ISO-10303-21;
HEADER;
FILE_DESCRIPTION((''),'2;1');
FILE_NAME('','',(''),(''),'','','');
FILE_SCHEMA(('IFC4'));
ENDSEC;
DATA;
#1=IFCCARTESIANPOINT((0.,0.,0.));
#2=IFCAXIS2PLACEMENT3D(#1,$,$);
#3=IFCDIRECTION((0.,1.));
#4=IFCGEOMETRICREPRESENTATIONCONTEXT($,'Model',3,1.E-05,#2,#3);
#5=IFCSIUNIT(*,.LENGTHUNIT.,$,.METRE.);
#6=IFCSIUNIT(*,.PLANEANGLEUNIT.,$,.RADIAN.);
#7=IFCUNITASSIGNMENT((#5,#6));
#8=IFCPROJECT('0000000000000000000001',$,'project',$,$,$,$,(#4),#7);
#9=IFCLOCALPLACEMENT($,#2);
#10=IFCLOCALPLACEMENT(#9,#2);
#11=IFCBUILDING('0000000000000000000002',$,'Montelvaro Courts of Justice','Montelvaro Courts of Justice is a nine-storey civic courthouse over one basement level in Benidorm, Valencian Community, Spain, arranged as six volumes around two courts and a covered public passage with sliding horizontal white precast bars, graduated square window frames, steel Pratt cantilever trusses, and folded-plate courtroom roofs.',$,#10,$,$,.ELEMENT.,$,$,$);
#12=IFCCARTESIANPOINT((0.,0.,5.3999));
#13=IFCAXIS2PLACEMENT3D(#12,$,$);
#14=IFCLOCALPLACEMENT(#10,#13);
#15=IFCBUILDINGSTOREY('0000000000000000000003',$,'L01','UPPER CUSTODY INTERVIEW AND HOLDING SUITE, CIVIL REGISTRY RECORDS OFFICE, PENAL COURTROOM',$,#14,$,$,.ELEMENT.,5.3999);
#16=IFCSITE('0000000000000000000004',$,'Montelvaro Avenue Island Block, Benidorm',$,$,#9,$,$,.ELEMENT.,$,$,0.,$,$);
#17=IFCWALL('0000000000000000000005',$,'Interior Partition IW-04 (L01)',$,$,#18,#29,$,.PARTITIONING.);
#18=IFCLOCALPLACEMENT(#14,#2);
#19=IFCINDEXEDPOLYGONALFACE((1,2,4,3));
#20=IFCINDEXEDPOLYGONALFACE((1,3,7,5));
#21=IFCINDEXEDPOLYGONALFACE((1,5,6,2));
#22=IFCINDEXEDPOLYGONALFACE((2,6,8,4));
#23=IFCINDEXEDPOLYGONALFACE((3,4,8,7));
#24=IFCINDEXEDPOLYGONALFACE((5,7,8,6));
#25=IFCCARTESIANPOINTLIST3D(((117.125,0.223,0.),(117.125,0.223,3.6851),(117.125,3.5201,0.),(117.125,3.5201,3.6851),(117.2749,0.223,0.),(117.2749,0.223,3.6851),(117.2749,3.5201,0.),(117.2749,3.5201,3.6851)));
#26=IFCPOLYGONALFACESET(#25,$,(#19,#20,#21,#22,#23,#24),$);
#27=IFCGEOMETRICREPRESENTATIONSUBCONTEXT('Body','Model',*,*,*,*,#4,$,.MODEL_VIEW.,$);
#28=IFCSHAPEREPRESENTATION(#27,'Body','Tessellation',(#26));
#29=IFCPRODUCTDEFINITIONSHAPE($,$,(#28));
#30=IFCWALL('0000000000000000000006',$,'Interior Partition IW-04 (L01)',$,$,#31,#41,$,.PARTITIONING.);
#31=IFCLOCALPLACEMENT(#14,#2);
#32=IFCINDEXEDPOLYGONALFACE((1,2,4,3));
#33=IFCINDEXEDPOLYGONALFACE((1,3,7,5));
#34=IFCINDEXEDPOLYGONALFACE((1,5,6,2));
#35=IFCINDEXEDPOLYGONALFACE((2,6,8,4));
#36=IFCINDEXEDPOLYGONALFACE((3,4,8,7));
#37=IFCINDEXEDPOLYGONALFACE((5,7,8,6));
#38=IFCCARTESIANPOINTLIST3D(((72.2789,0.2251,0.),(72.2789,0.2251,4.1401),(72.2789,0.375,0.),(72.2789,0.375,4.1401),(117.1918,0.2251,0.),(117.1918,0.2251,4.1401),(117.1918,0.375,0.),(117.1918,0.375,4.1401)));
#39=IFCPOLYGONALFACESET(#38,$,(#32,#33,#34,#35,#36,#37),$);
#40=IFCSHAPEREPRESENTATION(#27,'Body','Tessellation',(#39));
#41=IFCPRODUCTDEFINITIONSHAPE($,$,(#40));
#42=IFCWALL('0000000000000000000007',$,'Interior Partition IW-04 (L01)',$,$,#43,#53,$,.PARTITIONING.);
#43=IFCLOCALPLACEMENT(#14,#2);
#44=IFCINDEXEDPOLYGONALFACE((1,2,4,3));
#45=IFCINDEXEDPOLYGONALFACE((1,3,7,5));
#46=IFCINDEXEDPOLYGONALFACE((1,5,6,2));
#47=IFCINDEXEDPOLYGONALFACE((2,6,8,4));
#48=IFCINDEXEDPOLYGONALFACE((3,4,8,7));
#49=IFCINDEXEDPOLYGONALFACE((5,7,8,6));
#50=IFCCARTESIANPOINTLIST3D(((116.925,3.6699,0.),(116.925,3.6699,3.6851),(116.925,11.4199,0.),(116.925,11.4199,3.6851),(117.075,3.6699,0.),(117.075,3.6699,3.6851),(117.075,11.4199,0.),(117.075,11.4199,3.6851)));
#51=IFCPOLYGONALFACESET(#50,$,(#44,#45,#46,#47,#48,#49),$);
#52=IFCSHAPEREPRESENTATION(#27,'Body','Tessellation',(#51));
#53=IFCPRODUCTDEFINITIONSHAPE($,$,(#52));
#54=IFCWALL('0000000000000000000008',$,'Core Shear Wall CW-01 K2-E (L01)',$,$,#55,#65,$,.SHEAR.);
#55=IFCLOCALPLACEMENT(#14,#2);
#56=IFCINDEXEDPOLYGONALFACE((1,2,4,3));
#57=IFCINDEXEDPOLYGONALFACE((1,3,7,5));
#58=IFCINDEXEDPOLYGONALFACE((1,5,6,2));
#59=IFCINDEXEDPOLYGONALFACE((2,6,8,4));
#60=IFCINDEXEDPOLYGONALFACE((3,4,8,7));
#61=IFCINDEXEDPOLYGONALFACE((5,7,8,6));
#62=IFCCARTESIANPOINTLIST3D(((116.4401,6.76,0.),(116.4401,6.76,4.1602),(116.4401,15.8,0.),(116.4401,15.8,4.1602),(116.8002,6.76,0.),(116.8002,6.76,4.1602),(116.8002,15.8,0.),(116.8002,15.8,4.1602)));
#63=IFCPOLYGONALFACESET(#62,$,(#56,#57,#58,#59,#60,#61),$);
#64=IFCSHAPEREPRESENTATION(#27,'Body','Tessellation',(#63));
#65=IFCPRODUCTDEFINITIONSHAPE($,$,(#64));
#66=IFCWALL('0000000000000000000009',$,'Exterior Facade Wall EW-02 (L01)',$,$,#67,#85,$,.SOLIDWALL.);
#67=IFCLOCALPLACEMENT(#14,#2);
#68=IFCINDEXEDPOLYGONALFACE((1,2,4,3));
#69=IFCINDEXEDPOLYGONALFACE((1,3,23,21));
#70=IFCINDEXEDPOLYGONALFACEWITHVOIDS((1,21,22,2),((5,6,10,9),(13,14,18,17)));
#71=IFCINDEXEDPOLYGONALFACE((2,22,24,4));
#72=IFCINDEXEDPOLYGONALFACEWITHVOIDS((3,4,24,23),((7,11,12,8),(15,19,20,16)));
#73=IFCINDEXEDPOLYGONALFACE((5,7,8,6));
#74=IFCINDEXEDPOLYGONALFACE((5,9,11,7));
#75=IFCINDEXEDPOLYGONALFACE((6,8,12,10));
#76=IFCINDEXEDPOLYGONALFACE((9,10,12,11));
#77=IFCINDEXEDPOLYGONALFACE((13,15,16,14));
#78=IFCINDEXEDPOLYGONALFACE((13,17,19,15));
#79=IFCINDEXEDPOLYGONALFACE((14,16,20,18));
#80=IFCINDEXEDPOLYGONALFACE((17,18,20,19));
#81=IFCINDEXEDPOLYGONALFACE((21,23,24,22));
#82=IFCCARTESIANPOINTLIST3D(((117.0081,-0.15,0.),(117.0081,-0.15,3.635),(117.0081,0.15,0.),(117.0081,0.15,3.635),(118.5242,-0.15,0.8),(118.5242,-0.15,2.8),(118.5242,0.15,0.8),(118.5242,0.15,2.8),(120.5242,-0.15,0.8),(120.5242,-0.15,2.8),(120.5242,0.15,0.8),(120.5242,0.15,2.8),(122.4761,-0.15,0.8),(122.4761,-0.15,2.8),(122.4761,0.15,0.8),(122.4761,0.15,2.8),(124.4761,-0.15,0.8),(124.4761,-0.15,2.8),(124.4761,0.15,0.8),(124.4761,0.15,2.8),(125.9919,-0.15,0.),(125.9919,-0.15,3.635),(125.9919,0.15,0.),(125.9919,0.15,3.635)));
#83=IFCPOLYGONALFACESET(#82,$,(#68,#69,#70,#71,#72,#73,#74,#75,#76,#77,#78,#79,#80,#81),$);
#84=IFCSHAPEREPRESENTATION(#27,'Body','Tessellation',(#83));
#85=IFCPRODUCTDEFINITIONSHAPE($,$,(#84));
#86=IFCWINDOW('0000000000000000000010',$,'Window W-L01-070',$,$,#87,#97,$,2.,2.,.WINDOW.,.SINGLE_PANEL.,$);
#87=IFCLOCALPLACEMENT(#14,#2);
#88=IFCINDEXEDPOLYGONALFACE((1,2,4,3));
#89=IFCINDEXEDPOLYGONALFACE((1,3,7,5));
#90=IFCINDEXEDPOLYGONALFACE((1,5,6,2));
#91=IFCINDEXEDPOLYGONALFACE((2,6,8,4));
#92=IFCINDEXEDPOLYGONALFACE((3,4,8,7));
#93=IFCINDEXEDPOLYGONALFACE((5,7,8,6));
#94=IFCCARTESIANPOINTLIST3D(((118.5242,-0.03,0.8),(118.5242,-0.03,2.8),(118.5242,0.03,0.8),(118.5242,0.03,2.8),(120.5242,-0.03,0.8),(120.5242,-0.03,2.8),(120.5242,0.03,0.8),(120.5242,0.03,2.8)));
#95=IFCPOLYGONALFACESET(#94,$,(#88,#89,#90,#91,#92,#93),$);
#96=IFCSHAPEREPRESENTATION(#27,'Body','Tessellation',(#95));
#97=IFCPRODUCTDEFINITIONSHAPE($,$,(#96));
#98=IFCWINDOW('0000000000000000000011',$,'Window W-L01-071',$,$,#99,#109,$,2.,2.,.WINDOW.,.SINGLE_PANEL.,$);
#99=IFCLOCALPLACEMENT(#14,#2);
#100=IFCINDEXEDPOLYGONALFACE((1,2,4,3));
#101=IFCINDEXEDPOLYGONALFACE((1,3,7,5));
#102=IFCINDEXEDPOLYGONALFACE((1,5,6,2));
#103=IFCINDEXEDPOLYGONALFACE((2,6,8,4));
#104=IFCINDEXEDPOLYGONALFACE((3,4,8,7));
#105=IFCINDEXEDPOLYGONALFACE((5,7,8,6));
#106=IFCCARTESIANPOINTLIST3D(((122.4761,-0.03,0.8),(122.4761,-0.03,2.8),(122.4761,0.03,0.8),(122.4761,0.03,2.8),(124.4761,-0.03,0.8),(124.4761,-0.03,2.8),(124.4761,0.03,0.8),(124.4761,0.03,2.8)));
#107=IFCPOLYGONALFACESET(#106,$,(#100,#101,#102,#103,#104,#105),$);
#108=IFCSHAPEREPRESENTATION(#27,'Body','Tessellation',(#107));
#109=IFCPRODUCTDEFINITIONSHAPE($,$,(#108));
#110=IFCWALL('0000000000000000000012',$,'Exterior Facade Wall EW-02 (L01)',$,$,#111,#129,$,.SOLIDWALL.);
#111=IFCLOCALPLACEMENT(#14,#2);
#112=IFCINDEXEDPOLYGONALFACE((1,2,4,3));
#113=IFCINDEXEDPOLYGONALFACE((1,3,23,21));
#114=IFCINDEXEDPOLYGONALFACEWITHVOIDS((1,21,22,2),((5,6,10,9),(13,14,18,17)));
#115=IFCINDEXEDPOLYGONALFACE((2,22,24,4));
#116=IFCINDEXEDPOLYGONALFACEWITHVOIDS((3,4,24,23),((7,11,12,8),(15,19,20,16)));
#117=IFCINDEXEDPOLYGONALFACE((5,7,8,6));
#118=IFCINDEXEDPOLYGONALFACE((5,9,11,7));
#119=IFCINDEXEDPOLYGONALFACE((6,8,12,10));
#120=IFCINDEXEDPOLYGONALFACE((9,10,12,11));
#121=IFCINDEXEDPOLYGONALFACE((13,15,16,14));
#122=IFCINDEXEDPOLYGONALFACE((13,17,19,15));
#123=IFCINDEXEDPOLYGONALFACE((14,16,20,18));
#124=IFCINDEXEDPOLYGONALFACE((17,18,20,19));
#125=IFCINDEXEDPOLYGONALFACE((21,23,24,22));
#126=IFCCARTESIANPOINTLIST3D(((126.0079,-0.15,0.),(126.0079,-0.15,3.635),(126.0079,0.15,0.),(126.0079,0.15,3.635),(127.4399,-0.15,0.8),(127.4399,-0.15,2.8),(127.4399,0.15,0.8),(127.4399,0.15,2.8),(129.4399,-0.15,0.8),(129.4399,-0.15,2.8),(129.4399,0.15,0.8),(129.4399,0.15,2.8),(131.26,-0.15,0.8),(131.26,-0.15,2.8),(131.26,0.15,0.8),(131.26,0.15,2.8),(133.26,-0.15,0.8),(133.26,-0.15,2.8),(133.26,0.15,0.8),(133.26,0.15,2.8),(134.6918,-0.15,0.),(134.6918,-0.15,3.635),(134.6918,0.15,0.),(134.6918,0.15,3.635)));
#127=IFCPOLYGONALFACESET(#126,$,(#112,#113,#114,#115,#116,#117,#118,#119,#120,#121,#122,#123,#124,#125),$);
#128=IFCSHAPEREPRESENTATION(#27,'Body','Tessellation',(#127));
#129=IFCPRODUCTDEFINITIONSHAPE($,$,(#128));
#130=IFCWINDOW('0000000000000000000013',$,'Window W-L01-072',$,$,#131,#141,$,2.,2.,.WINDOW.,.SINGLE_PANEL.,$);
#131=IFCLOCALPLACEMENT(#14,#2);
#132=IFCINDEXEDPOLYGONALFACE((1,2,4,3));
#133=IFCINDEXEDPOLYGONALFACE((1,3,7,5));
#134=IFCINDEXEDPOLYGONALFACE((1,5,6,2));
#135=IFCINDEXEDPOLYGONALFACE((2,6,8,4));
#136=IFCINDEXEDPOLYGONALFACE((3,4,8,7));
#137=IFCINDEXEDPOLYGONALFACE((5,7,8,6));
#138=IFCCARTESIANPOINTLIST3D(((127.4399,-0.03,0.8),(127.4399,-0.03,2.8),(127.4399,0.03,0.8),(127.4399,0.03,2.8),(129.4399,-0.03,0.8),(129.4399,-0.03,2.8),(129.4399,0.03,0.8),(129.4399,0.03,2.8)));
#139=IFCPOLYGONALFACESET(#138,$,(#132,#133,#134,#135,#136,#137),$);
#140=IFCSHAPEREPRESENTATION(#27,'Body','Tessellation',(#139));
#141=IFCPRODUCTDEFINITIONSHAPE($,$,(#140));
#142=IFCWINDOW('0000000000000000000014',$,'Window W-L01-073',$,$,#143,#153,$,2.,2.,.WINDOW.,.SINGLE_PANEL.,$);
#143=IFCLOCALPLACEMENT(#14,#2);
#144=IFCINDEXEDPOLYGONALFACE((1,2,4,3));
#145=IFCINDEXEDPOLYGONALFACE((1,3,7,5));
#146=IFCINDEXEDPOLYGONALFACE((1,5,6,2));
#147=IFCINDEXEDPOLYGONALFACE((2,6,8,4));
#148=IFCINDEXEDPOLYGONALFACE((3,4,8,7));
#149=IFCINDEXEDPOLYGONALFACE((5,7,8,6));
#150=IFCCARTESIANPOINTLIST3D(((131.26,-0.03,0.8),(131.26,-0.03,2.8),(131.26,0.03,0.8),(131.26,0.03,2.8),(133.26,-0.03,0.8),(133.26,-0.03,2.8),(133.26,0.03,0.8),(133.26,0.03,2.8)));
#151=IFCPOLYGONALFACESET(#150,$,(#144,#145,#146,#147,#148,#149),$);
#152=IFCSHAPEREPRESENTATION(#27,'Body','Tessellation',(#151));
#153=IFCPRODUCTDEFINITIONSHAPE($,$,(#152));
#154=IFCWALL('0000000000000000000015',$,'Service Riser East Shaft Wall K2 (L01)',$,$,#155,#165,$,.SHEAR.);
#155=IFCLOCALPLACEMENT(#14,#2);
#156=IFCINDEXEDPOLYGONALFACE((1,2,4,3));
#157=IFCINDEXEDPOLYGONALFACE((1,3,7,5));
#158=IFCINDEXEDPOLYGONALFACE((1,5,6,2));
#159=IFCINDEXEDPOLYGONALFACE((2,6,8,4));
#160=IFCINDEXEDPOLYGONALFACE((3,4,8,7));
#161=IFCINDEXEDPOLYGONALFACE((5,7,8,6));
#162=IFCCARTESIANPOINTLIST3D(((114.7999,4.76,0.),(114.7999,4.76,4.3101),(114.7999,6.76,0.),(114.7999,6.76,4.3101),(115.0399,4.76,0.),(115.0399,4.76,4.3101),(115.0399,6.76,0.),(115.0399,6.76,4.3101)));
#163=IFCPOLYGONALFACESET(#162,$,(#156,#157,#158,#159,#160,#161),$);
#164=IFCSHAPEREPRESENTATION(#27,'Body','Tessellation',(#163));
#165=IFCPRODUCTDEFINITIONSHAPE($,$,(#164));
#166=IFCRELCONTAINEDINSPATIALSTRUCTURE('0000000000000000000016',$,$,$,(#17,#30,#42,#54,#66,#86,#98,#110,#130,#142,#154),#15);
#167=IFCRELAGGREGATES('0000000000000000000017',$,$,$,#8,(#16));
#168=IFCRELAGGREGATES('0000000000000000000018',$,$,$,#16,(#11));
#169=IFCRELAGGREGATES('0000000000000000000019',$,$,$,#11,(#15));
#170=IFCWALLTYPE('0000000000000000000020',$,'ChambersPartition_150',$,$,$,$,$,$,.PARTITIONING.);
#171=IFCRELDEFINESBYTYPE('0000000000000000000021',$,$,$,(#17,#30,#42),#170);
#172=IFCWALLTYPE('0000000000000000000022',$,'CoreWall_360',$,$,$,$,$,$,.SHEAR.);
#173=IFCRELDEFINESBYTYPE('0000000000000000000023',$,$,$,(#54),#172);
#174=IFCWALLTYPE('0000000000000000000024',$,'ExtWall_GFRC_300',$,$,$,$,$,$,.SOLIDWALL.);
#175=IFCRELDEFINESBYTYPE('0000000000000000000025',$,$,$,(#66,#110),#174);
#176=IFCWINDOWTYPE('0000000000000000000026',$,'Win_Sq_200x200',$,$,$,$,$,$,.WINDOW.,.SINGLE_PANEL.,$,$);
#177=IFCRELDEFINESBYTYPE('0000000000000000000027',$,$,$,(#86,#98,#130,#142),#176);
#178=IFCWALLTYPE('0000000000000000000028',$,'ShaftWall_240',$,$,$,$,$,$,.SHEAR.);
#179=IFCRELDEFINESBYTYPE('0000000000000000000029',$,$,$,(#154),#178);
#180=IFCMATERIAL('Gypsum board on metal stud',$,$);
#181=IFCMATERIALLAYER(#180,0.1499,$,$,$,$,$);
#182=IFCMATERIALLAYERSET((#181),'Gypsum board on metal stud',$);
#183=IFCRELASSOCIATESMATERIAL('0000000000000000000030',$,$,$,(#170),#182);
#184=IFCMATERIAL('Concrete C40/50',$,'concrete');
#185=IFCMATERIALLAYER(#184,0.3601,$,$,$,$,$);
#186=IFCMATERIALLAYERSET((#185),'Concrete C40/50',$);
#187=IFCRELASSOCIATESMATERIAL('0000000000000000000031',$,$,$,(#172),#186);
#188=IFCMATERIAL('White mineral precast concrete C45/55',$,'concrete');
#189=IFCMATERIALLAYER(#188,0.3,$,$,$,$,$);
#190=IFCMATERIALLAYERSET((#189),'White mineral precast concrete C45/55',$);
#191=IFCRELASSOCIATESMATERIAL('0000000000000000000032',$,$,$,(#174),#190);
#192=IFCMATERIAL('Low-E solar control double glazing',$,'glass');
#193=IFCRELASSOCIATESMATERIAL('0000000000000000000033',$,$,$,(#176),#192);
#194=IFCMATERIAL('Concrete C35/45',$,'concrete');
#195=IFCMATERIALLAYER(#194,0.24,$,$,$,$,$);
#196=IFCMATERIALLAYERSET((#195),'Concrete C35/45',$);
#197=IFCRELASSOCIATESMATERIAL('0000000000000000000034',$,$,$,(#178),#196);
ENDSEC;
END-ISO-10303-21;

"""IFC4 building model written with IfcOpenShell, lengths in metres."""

from ifc_helpers import new_model, si_unit, direction, frame, frame_2d, origin, place, context, subcontext, project, spatial, rectangle, extrude, material, layer, layer_set, type_object, element, fill, save


model = new_model("IFC4")

# Units and contexts
model_context = context("Model", 3, precision=1e-05, world=origin(), true_north=direction((0.0, 1.0)))
body_context = subcontext(model_context, "Body", "Model", "MODEL_VIEW")
ifc_project = project(units=[si_unit("LENGTHUNIT", "METRE"), si_unit("PLANEANGLEUNIT", "RADIAN")], contexts=[model_context])

# Site, building, storey
site_placement = place(None, origin())
site = spatial("IfcSite", under=ifc_project, at=site_placement, Name="Montelvaro Avenue Island Block, Benidorm", CompositionType="ELEMENT", RefElevation=0.0)
building_placement = place(site_placement, origin())
building = spatial("IfcBuilding", under=site, at=building_placement, Name="Montelvaro Courts of Justice", Description="Montelvaro Courts of Justice is a nine-storey civic courthouse over one basement level in Benidorm, Valencian Community, Spain, arranged as six volumes around two courts and a covered public passage with sliding horizontal white precast bars, graduated square window frames, steel Pratt cantilever trusses, and folded-plate courtroom roofs.", CompositionType="ELEMENT")
storey_placement = place(building_placement, frame((0.0, 0.0, 5.3999)))
storey = spatial("IfcBuildingStorey", under=building, at=storey_placement, Name="L01", Description="UPPER CUSTODY INTERVIEW AND HOLDING SUITE, CIVIL REGISTRY RECORDS OFFICE, PENAL COURTROOM", CompositionType="ELEMENT", Elevation=5.3999)

# Shared definitions
ifc_material_1 = material(Name="White mineral precast concrete C45/55", Category="concrete")

# Walls
ifc_material_2 = material(Name="Gypsum board on metal stud")
ifc_layer_1 = layer(ifc_material_2, 0.1499)
ifc_layer_set_1 = layer_set([ifc_layer_1], Name="Gypsum board on metal stud")
wall_type_1 = type_object("IfcWallType", Name="ChambersPartition_150", PredefinedType="PARTITIONING", material=ifc_layer_set_1)
wall_1_placement = place(storey_placement, frame((117.2, 3.52, 0.0), z_axis=(0.0, 0.0, 1.0), x_axis=(0.0, -1.0, 0.0)))
element("IfcWall", 1, at=wall_1_placement, inside=storey, type_object=wall_type_1, Name="Interior Partition IW-04 (L01)", PredefinedType="PARTITIONING", context=body_context, shape_type="SweptSolid", body=[
    extrude(rectangle(XDim=3.2971, YDim=0.1499, at=frame_2d((1.6484, 0.0))), origin(), (0.0, 0.0, 1.0), 3.6851),
])
wall_2_placement = place(storey_placement, frame((117.1919, 0.3, 0.0), z_axis=(0.0, 0.0, 1.0), x_axis=(-1.0, 0.0, 0.0)))
element("IfcWall", 2, at=wall_2_placement, inside=storey, type_object=wall_type_1, Name="Interior Partition IW-04 (L01)", PredefinedType="PARTITIONING", context=body_context, shape_type="SweptSolid", body=[
    extrude(rectangle(XDim=44.9128, YDim=0.1499, at=frame_2d((22.4565, 0.0))), origin(), (0.0, 0.0, 1.0), 4.1401),
])
wall_3_placement = place(storey_placement, frame((117.0, 3.6699, 0.0), z_axis=(0.0, 0.0, 1.0), x_axis=(0.0, 1.0, 0.0)))
element("IfcWall", 3, at=wall_3_placement, inside=storey, type_object=wall_type_1, Name="Interior Partition IW-04 (L01)", PredefinedType="PARTITIONING", context=body_context, shape_type="SweptSolid", body=[
    extrude(rectangle(XDim=7.75, YDim=0.1499, at=frame_2d((3.875, 0.0))), origin(), (0.0, 0.0, 1.0), 3.6851),
])
ifc_material_3 = material(Name="Concrete C40/50", Category="concrete")
ifc_layer_2 = layer(ifc_material_3, 0.3601)
ifc_layer_set_2 = layer_set([ifc_layer_2], Name="Concrete C40/50")
wall_type_2 = type_object("IfcWallType", Name="CoreWall_360", PredefinedType="SHEAR", material=ifc_layer_set_2)
wall_4_placement = place(storey_placement, frame((116.6201, 6.76, 0.0), z_axis=(0.0, 0.0, 1.0), x_axis=(0.0, 1.0, 0.0)))
element("IfcWall", 4, at=wall_4_placement, inside=storey, type_object=wall_type_2, Name="Core Shear Wall CW-01 K2-E (L01)", PredefinedType="SHEAR", context=body_context, shape_type="SweptSolid", body=[
    extrude(rectangle(XDim=9.04, YDim=0.3601, at=frame_2d((4.52, 0.0))), origin(), (0.0, 0.0, 1.0), 4.1602),
])

# Walls, openings, windows
ifc_layer_3 = layer(ifc_material_1, 0.3)
ifc_layer_set_3 = layer_set([ifc_layer_3], Name="White mineral precast concrete C45/55")
wall_type_3 = type_object("IfcWallType", Name="ExtWall_GFRC_300", PredefinedType="SOLIDWALL", material=ifc_layer_set_3)
wall_5_placement = place(storey_placement, frame((117.0081, 0.0, 0.0), z_axis=(0.0, 0.0, 1.0), x_axis=(1.0, 0.0, 0.0)))
wall_5 = element("IfcWall", 5, at=wall_5_placement, inside=storey, type_object=wall_type_3, Name="Exterior Facade Wall EW-02 (L01)", PredefinedType="SOLIDWALL", context=body_context, shape_type="SweptSolid", body=[
    extrude(rectangle(XDim=8.9839, YDim=0.3, at=frame_2d((4.4919, 0.0))), origin(), (0.0, 0.0, 1.0), 3.635),
])
opening_1_placement = place(wall_5_placement, frame((1.5161, 0.0, 0.8)))
opening_1 = element("IfcOpeningElement", 6, at=opening_1_placement, cuts=wall_5, PredefinedType="OPENING", context=body_context, shape_type="SweptSolid", body=[
    extrude(rectangle(XDim=2.0, YDim=2.0, at=frame_2d((1.0, 1.0))), frame((0.0, 0.165, 0.0), z_axis=(0.0, -1.0, 0.0), x_axis=(1.0, 0.0, 0.0)), (0.0, 0.0, 1.0), 0.3298),
])
opening_2_placement = place(wall_5_placement, frame((5.468, 0.0, 0.8)))
opening_2 = element("IfcOpeningElement", 7, at=opening_2_placement, cuts=wall_5, PredefinedType="OPENING", context=body_context, shape_type="SweptSolid", body=[
    extrude(rectangle(XDim=2.0, YDim=2.0, at=frame_2d((1.0, 1.0))), frame((0.0, 0.165, 0.0), z_axis=(0.0, -1.0, 0.0), x_axis=(1.0, 0.0, 0.0)), (0.0, 0.0, 1.0), 0.3298),
])
ifc_material_4 = material(Name="Low-E solar control double glazing", Category="glass")
window_type = type_object("IfcWindowType", Name="Win_Sq_200x200", PartitioningType="SINGLE_PANEL", PredefinedType="WINDOW", material=ifc_material_4)
window_1_placement = place(opening_1_placement, origin())
window_1 = element("IfcWindow", 8, at=window_1_placement, inside=storey, type_object=window_type, Name="Window W-L01-070", OverallHeight=2.0, OverallWidth=2.0, PartitioningType="SINGLE_PANEL", PredefinedType="WINDOW", context=body_context, shape_type="SweptSolid", body=[
    extrude(rectangle(XDim=2.0, YDim=2.0, at=frame_2d((1.0, 1.0))), frame((0.0, 0.03, 0.0), z_axis=(0.0, -1.0, 0.0), x_axis=(1.0, 0.0, 0.0)), (0.0, 0.0, 1.0), 0.0601),
])
fill(opening_1, window_1)
window_2_placement = place(opening_2_placement, origin())
window_2 = element("IfcWindow", 9, at=window_2_placement, inside=storey, type_object=window_type, Name="Window W-L01-071", OverallHeight=2.0, OverallWidth=2.0, PartitioningType="SINGLE_PANEL", PredefinedType="WINDOW", context=body_context, shape_type="SweptSolid", body=[
    extrude(rectangle(XDim=2.0, YDim=2.0, at=frame_2d((1.0, 1.0))), frame((0.0, 0.03, 0.0), z_axis=(0.0, -1.0, 0.0), x_axis=(1.0, 0.0, 0.0)), (0.0, 0.0, 1.0), 0.0601),
])
fill(opening_2, window_2)
wall_6_placement = place(storey_placement, frame((126.0081, 0.0, 0.0), z_axis=(0.0, 0.0, 1.0), x_axis=(1.0, 0.0, 0.0)))
wall_6 = element("IfcWall", 10, at=wall_6_placement, inside=storey, type_object=wall_type_3, Name="Exterior Facade Wall EW-02 (L01)", PredefinedType="SOLIDWALL", context=body_context, shape_type="SweptSolid", body=[
    extrude(rectangle(XDim=8.6838, YDim=0.3, at=frame_2d((4.3418, 0.0))), origin(), (0.0, 0.0, 1.0), 3.635),
])
opening_3_placement = place(wall_6_placement, frame((1.4319, 0.0, 0.8)))
opening_3 = element("IfcOpeningElement", 11, at=opening_3_placement, cuts=wall_6, PredefinedType="OPENING", context=body_context, shape_type="SweptSolid", body=[
    extrude(rectangle(XDim=2.0, YDim=2.0, at=frame_2d((1.0, 1.0))), frame((0.0, 0.165, 0.0), z_axis=(0.0, -1.0, 0.0), x_axis=(1.0, 0.0, 0.0)), (0.0, 0.0, 1.0), 0.3298),
])
opening_4_placement = place(wall_6_placement, frame((5.252, 0.0, 0.8)))
opening_4 = element("IfcOpeningElement", 12, at=opening_4_placement, cuts=wall_6, PredefinedType="OPENING", context=body_context, shape_type="SweptSolid", body=[
    extrude(rectangle(XDim=2.0, YDim=2.0, at=frame_2d((1.0, 1.0))), frame((0.0, 0.165, 0.0), z_axis=(0.0, -1.0, 0.0), x_axis=(1.0, 0.0, 0.0)), (0.0, 0.0, 1.0), 0.3298),
])
window_3_placement = place(opening_3_placement, origin())
window_3 = element("IfcWindow", 13, at=window_3_placement, inside=storey, type_object=window_type, Name="Window W-L01-072", OverallHeight=2.0, OverallWidth=2.0, PartitioningType="SINGLE_PANEL", PredefinedType="WINDOW", context=body_context, shape_type="SweptSolid", body=[
    extrude(rectangle(XDim=2.0, YDim=2.0, at=frame_2d((1.0, 1.0))), frame((0.0, 0.03, 0.0), z_axis=(0.0, -1.0, 0.0), x_axis=(1.0, 0.0, 0.0)), (0.0, 0.0, 1.0), 0.0601),
])
fill(opening_3, window_3)
window_4_placement = place(opening_4_placement, origin())
window_4 = element("IfcWindow", 14, at=window_4_placement, inside=storey, type_object=window_type, Name="Window W-L01-073", OverallHeight=2.0, OverallWidth=2.0, PartitioningType="SINGLE_PANEL", PredefinedType="WINDOW", context=body_context, shape_type="SweptSolid", body=[
    extrude(rectangle(XDim=2.0, YDim=2.0, at=frame_2d((1.0, 1.0))), frame((0.0, 0.03, 0.0), z_axis=(0.0, -1.0, 0.0), x_axis=(1.0, 0.0, 0.0)), (0.0, 0.0, 1.0), 0.0601),
])
fill(opening_4, window_4)

# Wall
ifc_material_5 = material(Name="Concrete C35/45", Category="concrete")
ifc_layer_4 = layer(ifc_material_5, 0.24)
ifc_layer_set_4 = layer_set([ifc_layer_4], Name="Concrete C35/45")
wall_type_4 = type_object("IfcWallType", Name="ShaftWall_240", PredefinedType="SHEAR", material=ifc_layer_set_4)
wall_7_placement = place(storey_placement, frame((114.9199, 4.76, 0.0), z_axis=(0.0, 0.0, 1.0), x_axis=(0.0, 1.0, 0.0)))
element("IfcWall", 15, at=wall_7_placement, inside=storey, type_object=wall_type_4, Name="Service Riser East Shaft Wall K2 (L01)", PredefinedType="SHEAR", context=body_context, shape_type="SweptSolid", body=[
    extrude(rectangle(XDim=2.0, YDim=0.24, at=frame_2d((1.0, 0.0))), origin(), (0.0, 0.0, 1.0), 4.3101),
])

save(model, "model.ifc")
